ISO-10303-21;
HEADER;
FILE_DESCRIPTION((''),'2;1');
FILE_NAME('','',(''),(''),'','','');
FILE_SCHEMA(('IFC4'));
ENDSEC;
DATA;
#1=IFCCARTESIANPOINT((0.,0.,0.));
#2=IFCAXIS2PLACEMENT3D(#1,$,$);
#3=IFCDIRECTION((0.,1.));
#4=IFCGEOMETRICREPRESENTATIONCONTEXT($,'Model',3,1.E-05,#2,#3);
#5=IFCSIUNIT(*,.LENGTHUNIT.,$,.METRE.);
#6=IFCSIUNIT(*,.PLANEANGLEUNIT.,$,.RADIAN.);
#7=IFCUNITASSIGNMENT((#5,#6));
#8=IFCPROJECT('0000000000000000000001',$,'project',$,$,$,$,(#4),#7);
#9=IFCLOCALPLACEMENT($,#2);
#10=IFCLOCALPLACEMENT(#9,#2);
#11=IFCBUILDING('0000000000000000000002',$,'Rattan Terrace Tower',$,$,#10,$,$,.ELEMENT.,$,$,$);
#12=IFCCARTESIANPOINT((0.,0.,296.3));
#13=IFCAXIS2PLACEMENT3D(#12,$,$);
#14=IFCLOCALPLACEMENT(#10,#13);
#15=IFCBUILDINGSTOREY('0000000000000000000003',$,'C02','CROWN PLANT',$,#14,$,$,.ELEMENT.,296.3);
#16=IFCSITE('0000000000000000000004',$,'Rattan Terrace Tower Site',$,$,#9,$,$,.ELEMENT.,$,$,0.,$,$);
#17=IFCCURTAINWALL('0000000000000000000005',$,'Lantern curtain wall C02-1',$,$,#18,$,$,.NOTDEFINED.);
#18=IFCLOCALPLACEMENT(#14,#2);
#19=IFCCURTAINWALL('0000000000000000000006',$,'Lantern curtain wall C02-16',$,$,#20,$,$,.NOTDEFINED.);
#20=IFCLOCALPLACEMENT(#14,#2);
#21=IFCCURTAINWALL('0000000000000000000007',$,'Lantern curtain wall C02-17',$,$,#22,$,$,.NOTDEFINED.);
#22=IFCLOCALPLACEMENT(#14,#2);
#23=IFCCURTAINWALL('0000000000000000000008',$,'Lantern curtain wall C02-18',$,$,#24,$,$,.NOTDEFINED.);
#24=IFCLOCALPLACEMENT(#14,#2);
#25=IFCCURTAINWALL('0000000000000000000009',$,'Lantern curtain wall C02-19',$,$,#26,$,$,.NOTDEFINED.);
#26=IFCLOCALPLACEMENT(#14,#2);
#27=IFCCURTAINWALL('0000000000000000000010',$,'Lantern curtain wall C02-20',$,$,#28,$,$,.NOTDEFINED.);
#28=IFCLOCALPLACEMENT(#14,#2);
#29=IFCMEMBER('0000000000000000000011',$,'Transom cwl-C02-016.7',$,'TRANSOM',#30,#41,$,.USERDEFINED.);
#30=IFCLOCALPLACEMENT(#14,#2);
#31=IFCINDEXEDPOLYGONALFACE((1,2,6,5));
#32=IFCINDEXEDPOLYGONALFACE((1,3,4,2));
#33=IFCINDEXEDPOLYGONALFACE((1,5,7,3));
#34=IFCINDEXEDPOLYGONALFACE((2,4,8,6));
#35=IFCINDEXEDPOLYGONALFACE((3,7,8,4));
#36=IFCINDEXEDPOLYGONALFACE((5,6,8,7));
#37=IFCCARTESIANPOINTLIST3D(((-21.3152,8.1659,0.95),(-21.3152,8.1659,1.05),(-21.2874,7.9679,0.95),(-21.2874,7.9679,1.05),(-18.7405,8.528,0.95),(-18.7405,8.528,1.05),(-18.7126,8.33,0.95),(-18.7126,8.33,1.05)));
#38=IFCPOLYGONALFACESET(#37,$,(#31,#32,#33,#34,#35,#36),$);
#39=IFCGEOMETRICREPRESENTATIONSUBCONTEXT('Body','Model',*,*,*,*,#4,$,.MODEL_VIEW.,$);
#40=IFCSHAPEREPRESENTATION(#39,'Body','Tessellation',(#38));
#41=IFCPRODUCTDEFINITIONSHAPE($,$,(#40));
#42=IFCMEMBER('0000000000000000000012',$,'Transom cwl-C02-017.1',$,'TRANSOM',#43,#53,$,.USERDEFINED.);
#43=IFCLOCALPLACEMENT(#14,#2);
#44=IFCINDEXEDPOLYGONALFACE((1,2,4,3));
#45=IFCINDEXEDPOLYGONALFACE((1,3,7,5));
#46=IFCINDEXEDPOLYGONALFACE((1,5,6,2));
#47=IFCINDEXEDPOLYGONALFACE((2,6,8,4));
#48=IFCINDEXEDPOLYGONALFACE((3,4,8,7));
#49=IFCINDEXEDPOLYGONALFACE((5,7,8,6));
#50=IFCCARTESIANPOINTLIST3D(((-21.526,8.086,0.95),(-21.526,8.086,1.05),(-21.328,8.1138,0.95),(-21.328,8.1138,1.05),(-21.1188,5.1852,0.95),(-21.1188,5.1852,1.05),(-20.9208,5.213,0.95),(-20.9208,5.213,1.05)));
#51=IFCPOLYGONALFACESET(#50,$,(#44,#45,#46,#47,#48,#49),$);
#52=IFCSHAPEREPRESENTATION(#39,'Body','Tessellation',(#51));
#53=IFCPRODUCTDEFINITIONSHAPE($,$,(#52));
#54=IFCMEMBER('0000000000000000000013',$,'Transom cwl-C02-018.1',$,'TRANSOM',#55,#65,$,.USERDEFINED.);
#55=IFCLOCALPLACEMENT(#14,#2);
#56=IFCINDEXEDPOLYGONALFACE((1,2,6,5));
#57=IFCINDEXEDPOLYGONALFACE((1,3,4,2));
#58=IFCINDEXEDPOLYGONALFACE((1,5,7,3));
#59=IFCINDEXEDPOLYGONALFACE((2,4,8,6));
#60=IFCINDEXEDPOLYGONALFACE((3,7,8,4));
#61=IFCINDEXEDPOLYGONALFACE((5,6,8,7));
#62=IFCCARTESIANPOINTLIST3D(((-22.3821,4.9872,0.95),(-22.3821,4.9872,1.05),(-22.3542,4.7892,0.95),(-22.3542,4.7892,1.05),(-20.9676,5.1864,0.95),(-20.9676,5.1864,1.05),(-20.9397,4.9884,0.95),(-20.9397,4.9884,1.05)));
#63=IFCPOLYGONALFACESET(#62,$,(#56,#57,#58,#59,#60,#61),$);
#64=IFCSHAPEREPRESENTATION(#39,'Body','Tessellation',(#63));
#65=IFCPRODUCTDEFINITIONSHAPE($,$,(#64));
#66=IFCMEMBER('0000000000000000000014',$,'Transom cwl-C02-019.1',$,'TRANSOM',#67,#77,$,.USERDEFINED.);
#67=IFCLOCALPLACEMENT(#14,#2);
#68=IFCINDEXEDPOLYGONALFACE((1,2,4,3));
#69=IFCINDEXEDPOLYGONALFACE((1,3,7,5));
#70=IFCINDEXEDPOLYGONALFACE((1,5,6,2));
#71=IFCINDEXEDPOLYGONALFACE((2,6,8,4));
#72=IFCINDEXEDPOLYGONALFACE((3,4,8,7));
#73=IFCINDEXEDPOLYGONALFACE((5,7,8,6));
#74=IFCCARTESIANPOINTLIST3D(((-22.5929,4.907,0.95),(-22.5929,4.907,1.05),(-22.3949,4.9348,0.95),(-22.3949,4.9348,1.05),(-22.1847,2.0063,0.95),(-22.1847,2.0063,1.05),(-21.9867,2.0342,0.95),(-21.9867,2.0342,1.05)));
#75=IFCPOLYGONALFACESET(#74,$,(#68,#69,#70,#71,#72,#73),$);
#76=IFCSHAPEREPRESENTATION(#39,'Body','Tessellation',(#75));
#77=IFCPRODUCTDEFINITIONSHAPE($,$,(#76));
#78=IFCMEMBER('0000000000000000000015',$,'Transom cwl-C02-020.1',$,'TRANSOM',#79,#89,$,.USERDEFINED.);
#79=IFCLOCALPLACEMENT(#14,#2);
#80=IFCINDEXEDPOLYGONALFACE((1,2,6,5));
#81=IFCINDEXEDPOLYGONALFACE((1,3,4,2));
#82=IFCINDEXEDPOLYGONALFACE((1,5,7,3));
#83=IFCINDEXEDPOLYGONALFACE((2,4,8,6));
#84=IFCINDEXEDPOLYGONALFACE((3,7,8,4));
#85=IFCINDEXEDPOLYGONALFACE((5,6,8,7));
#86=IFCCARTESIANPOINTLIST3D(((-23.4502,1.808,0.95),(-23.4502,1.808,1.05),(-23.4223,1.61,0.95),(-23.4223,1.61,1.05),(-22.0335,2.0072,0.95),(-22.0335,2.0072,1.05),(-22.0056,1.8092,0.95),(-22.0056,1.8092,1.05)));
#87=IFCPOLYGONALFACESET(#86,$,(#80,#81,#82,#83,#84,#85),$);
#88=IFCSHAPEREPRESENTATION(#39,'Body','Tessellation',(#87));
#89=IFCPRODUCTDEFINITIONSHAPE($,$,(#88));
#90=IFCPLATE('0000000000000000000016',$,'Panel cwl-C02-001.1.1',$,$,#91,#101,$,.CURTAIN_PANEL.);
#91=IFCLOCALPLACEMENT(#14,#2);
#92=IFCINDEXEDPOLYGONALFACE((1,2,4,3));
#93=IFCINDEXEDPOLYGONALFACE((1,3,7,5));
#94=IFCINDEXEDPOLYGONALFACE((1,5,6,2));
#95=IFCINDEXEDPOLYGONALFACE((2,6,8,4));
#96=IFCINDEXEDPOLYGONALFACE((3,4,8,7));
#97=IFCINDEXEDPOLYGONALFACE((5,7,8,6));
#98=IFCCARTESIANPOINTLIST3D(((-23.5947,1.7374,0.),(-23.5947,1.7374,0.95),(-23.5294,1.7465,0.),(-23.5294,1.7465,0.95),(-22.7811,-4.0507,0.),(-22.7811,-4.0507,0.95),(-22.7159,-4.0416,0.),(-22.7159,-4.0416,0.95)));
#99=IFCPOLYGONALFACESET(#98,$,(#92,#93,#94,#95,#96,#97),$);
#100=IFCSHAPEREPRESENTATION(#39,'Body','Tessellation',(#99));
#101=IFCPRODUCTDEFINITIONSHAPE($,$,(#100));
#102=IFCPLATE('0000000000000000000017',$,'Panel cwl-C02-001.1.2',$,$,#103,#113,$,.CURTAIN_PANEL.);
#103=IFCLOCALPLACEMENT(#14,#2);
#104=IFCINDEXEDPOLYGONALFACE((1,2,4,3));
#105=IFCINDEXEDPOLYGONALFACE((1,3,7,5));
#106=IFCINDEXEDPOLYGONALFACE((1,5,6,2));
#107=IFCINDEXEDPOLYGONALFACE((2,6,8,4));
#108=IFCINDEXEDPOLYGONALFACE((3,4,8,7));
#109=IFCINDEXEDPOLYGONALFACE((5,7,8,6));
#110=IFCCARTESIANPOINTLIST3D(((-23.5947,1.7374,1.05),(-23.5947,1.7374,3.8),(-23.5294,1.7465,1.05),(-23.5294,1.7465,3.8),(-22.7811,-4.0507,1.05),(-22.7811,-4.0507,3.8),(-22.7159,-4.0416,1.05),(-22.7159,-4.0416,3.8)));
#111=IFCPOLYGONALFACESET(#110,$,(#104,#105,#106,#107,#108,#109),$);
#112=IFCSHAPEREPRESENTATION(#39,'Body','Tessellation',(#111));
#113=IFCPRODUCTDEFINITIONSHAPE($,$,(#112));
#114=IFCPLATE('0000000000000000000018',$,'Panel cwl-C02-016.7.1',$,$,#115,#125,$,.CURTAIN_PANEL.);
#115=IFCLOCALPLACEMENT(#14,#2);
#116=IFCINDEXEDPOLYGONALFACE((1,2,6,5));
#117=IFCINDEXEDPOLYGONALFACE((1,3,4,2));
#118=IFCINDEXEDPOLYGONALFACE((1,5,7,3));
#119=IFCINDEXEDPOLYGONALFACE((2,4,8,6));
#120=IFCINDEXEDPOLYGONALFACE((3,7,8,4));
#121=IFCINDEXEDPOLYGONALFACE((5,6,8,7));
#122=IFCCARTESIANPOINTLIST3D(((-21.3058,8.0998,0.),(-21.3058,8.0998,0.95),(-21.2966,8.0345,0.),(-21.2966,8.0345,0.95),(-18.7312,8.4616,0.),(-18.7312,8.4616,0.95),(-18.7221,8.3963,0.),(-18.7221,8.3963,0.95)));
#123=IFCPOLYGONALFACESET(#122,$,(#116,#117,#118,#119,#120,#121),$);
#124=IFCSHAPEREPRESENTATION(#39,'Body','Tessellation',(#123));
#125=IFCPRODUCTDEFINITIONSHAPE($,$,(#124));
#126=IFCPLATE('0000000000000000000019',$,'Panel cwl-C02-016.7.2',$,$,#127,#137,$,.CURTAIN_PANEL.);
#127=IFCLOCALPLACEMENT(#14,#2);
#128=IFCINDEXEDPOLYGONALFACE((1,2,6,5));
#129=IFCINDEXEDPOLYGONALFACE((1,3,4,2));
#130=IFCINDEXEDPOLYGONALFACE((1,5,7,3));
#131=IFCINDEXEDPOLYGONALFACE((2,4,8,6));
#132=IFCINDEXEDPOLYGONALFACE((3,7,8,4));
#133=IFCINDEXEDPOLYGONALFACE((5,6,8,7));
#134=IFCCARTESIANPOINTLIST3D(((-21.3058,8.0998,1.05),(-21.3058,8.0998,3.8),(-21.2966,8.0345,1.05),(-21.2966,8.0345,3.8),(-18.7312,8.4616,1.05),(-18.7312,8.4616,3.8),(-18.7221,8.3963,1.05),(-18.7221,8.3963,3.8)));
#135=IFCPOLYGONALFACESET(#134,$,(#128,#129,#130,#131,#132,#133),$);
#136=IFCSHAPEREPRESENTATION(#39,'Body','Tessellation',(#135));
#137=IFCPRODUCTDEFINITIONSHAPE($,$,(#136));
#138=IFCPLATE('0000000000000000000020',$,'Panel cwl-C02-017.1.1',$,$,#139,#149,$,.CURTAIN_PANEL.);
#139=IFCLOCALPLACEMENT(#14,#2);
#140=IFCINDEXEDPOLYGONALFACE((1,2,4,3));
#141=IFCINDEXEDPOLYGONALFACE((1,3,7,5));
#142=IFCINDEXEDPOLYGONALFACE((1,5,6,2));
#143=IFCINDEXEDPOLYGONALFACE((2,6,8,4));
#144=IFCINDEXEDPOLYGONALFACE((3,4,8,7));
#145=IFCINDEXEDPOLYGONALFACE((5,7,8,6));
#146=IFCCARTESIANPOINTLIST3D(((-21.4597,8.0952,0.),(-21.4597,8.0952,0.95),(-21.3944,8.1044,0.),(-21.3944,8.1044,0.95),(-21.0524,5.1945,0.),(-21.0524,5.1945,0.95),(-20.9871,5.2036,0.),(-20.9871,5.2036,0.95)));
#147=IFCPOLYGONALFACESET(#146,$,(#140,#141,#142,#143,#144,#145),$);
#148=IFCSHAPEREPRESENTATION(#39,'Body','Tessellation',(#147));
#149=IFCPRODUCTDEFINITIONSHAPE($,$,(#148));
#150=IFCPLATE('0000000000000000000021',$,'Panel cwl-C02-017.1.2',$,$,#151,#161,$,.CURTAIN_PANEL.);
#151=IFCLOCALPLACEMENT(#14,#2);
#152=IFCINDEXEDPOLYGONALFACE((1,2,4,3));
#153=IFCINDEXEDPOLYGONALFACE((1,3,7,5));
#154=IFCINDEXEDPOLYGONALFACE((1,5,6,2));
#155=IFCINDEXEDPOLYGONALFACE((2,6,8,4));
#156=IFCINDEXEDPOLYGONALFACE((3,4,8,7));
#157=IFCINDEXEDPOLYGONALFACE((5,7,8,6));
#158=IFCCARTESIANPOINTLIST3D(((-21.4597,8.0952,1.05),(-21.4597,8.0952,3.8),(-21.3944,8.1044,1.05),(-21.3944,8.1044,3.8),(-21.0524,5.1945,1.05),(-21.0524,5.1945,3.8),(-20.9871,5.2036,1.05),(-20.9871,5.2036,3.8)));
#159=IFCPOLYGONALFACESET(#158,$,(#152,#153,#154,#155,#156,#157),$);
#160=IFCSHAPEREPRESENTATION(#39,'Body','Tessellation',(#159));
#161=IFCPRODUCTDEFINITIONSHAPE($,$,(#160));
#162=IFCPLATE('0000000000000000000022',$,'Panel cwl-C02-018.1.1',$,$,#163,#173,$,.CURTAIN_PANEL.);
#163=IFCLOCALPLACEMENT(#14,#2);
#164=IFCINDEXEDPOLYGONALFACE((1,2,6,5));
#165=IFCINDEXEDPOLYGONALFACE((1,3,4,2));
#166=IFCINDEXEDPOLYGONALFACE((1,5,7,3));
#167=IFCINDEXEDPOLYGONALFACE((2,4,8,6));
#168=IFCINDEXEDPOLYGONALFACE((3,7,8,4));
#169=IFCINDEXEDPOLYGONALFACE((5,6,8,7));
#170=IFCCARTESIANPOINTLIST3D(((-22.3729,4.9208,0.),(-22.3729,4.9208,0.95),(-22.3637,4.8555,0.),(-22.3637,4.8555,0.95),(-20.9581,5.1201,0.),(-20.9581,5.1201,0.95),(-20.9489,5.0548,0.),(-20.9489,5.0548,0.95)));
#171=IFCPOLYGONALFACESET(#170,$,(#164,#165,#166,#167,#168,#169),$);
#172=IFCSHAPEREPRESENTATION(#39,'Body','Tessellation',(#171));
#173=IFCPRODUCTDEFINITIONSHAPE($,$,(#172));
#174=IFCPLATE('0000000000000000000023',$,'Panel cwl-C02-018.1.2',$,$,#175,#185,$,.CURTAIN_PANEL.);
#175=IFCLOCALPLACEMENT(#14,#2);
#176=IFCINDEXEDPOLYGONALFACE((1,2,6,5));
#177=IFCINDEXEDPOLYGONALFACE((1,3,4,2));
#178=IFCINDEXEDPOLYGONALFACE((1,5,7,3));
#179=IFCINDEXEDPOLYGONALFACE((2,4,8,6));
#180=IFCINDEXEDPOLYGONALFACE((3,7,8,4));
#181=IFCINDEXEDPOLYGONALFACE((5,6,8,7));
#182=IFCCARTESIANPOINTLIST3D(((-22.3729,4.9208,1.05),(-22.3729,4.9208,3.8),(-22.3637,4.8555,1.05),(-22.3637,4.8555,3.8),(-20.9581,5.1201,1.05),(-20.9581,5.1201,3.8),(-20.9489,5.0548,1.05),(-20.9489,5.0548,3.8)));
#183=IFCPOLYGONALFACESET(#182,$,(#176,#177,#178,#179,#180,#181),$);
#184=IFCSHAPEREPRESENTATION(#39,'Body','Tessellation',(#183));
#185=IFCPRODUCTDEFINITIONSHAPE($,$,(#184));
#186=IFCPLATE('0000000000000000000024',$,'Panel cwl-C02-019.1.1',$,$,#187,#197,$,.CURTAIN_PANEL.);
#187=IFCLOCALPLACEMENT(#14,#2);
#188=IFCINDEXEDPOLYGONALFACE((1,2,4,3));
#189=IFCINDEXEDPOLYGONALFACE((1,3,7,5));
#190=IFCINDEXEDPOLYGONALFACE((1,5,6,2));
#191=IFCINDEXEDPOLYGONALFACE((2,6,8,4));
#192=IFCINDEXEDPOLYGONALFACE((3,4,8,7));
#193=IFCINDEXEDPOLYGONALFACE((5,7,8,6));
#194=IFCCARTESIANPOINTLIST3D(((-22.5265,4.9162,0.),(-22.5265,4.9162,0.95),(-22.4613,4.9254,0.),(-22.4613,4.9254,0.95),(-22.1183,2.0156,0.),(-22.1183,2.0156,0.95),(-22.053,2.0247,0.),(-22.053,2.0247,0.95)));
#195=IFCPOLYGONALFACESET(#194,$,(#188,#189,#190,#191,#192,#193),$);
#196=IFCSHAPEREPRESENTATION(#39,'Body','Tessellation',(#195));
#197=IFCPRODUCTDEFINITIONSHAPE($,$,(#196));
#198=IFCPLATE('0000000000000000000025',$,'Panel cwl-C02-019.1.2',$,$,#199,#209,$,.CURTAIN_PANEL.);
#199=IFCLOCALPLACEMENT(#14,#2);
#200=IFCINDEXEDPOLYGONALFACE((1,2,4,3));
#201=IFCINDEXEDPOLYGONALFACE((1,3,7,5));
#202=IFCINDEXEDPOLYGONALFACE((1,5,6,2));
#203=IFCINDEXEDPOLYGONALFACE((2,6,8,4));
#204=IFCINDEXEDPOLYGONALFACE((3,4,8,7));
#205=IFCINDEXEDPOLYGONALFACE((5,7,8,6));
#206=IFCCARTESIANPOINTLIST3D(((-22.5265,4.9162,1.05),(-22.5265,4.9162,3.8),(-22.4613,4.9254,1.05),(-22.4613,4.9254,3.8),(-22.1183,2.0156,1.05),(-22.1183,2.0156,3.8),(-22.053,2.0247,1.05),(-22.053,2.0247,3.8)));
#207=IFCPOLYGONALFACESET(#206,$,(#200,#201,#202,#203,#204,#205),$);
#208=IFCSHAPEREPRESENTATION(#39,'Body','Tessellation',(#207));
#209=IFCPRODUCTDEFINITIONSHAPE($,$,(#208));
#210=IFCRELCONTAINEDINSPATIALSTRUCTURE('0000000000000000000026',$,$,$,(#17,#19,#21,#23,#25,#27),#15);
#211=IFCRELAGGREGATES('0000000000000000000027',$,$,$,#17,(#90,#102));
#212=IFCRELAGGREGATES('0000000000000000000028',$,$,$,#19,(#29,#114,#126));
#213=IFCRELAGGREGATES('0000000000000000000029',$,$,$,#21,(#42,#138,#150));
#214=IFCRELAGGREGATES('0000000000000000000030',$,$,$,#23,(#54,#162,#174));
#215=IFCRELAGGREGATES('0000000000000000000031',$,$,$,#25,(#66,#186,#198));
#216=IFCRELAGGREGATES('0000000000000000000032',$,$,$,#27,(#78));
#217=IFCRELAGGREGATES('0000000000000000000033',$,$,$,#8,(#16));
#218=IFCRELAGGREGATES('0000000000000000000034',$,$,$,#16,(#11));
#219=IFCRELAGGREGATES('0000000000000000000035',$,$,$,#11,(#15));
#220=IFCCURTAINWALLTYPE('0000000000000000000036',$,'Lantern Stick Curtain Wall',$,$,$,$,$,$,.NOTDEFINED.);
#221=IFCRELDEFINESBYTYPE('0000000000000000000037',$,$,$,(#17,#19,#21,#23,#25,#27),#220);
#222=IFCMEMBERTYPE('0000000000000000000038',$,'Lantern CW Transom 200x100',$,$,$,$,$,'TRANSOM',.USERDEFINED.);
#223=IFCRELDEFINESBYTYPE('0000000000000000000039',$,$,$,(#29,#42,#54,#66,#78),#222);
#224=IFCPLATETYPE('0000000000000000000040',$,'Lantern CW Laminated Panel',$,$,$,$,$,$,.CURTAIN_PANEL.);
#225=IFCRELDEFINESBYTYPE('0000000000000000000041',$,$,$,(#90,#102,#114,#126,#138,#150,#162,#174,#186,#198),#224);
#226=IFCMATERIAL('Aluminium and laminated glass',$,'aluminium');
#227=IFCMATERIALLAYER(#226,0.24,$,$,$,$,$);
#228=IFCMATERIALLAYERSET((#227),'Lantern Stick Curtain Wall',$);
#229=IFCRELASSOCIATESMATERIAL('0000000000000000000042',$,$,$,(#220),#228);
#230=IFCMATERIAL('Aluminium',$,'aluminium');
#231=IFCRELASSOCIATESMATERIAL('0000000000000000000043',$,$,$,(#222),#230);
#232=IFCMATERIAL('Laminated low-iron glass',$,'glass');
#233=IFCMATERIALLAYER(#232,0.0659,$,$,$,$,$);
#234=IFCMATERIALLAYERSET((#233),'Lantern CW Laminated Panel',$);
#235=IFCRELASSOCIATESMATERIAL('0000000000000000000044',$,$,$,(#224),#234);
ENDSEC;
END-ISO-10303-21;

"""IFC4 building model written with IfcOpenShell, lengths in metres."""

from ifc_helpers import new_model, si_unit, direction, frame, origin, origin_2d, place, context, subcontext, project, spatial, rectangle, extrude, material, layer, layer_set, material_profile, profile_set, type_object, element, aggregate, save


model = new_model("IFC4")

# Units and contexts
model_context = context("Model", 3, precision=1e-05, world=origin(), true_north=direction((0.0, 1.0)))
body_context = subcontext(model_context, "Body", "Model", "MODEL_VIEW")
ifc_project = project(units=[si_unit("LENGTHUNIT", "METRE"), si_unit("PLANEANGLEUNIT", "RADIAN")], contexts=[model_context])

# Site, building, storey
site_placement = place(None, origin())
site = spatial("IfcSite", under=ifc_project, at=site_placement, Name="Rattan Terrace Tower Site", CompositionType="ELEMENT", RefElevation=0.0)
building_placement = place(site_placement, origin())
building = spatial("IfcBuilding", under=site, at=building_placement, Name="Rattan Terrace Tower", CompositionType="ELEMENT")
storey_placement = place(building_placement, frame((0.0, 0.0, 296.3)))
storey = spatial("IfcBuildingStorey", under=building, at=storey_placement, Name="C02", Description="CROWN PLANT", CompositionType="ELEMENT", Elevation=296.3)

# Curtain walls
ifc_material_1 = material(Name="Aluminium and laminated glass", Category="aluminium")
ifc_layer_1 = layer(ifc_material_1, 0.24)
ifc_layer_set_1 = layer_set([ifc_layer_1], Name="Lantern Stick Curtain Wall")
curtain_wall_type = type_object("IfcCurtainWallType", Name="Lantern Stick Curtain Wall", PredefinedType="NOTDEFINED", material=ifc_layer_set_1)
curtain_wall_1_placement = place(storey_placement, origin())
curtain_wall_1 = element("IfcCurtainWall", 1, at=curtain_wall_1_placement, inside=storey, type_object=curtain_wall_type, Name="Lantern curtain wall C02-1", PredefinedType="NOTDEFINED")
curtain_wall_2_placement = place(storey_placement, origin())
curtain_wall_2 = element("IfcCurtainWall", 2, at=curtain_wall_2_placement, inside=storey, type_object=curtain_wall_type, Name="Lantern curtain wall C02-16", PredefinedType="NOTDEFINED")
curtain_wall_3_placement = place(storey_placement, origin())
curtain_wall_3 = element("IfcCurtainWall", 3, at=curtain_wall_3_placement, inside=storey, type_object=curtain_wall_type, Name="Lantern curtain wall C02-17", PredefinedType="NOTDEFINED")
curtain_wall_4_placement = place(storey_placement, origin())
curtain_wall_4 = element("IfcCurtainWall", 4, at=curtain_wall_4_placement, inside=storey, type_object=curtain_wall_type, Name="Lantern curtain wall C02-18", PredefinedType="NOTDEFINED")
curtain_wall_5_placement = place(storey_placement, origin())
curtain_wall_5 = element("IfcCurtainWall", 5, at=curtain_wall_5_placement, inside=storey, type_object=curtain_wall_type, Name="Lantern curtain wall C02-19", PredefinedType="NOTDEFINED")
curtain_wall_6_placement = place(storey_placement, origin())
curtain_wall_6 = element("IfcCurtainWall", 6, at=curtain_wall_6_placement, inside=storey, type_object=curtain_wall_type, Name="Lantern curtain wall C02-20", PredefinedType="NOTDEFINED")

# Members
ifc_material_2 = material(Name="Aluminium", Category="aluminium")
ifc_material_profile_1 = material_profile(ifc_material_2, rectangle(XDim=0.2, YDim=0.1001, at=origin_2d()), Name="Aluminium 200x100")
ifc_profile_set_1 = profile_set([ifc_material_profile_1], Name="Aluminium")
member_type_1 = type_object("IfcMemberType", Name="Lantern CW Transom 200x100", ElementType="TRANSOM", PredefinedType="USERDEFINED", material=ifc_profile_set_1)
member_1_placement = place(storey_placement, frame((-18.7266, 8.429, 1.0), z_axis=(-0.990257, -0.139252, 0.0), x_axis=(0.139252, -0.990257, 0.0)))
member_1 = element("IfcMember", 7, at=member_1_placement, type_object=member_type_1, Name="Transom cwl-C02-016.7", ObjectType="TRANSOM", PredefinedType="USERDEFINED", context=body_context, shape_type="SweptSolid", body=[
    extrude(rectangle(XDim=0.2, YDim=0.1001, at=origin_2d()), origin(), (0.0, 0.0, 1.0), 2.6001),
])
member_2_placement = place(storey_placement, frame((-21.427, 8.0999, 1.0), z_axis=(0.139029, -0.990288, 0.0), x_axis=(0.990288, 0.139029, 0.0)))
member_2 = element("IfcMember", 8, at=member_2_placement, type_object=member_type_1, Name="Transom cwl-C02-017.1", ObjectType="TRANSOM", PredefinedType="USERDEFINED", context=body_context, shape_type="SweptSolid", body=[
    extrude(rectangle(XDim=0.2, YDim=0.1001, at=origin_2d()), origin(), (0.0, 0.0, 1.0), 2.9292),
])
member_3_placement = place(storey_placement, frame((-20.9536, 5.0874, 1.0), z_axis=(-0.990228, -0.139459, 0.0), x_axis=(0.139459, -0.990228, 0.0)))
member_3 = element("IfcMember", 9, at=member_3_placement, type_object=member_type_1, Name="Transom cwl-C02-018.1", ObjectType="TRANSOM", PredefinedType="USERDEFINED", context=body_context, shape_type="SweptSolid", body=[
    extrude(rectangle(XDim=0.2, YDim=0.1001, at=origin_2d()), origin(), (0.0, 0.0, 1.0), 1.4285),
])
member_4_placement = place(storey_placement, frame((-22.4939, 4.9209, 1.0), z_axis=(0.139356, -0.990242, 0.0), x_axis=(0.990242, 0.139356, 0.0)))
member_4 = element("IfcMember", 10, at=member_4_placement, type_object=member_type_1, Name="Transom cwl-C02-019.1", ObjectType="TRANSOM", PredefinedType="USERDEFINED", context=body_context, shape_type="SweptSolid", body=[
    extrude(rectangle(XDim=0.2, YDim=0.1001, at=origin_2d()), origin(), (0.0, 0.0, 1.0), 2.9292),
])
member_5_placement = place(storey_placement, frame((-22.0195, 1.9082, 1.0), z_axis=(-0.990258, -0.139247, 0.0), x_axis=(0.139247, -0.990258, 0.0)))
member_5 = element("IfcMember", 11, at=member_5_placement, type_object=member_type_1, Name="Transom cwl-C02-020.1", ObjectType="TRANSOM", PredefinedType="USERDEFINED", context=body_context, shape_type="SweptSolid", body=[
    extrude(rectangle(XDim=0.2, YDim=0.1001, at=origin_2d()), origin(), (0.0, 0.0, 1.0), 1.4307),
])

# Plates
ifc_material_3 = material(Name="Laminated low-iron glass", Category="glass")
ifc_layer_2 = layer(ifc_material_3, 0.0659)
ifc_layer_set_2 = layer_set([ifc_layer_2], Name="Lantern CW Laminated Panel")
plate_type = type_object("IfcPlateType", Name="Lantern CW Laminated Panel", PredefinedType="CURTAIN_PANEL", material=ifc_layer_set_2)
plate_1_placement = place(storey_placement, frame((-23.1553, -1.1521, 0.0), z_axis=(0.0, 0.0, 1.0), x_axis=(0.139188, -0.990266, 0.0)))
plate_1 = element("IfcPlate", 12, at=plate_1_placement, type_object=plate_type, Name="Panel cwl-C02-001.1.1", PredefinedType="CURTAIN_PANEL", context=body_context, shape_type="SweptSolid", body=[
    extrude(rectangle(XDim=5.845, YDim=0.0659, at=origin_2d()), origin(), (0.0, 0.0, 1.0), 0.95),
])
plate_2_placement = place(storey_placement, frame((-23.1553, -1.1521, 1.05), z_axis=(0.0, 0.0, 1.0), x_axis=(0.139188, -0.990266, 0.0)))
plate_2 = element("IfcPlate", 13, at=plate_2_placement, type_object=plate_type, Name="Panel cwl-C02-001.1.2", PredefinedType="CURTAIN_PANEL", context=body_context, shape_type="SweptSolid", body=[
    extrude(rectangle(XDim=5.845, YDim=0.0659, at=origin_2d()), origin(), (0.0, 0.0, 1.0), 2.75),
])
aggregate(curtain_wall_1, [plate_1, plate_2])
plate_3_placement = place(storey_placement, frame((-20.0139, 8.248, 0.0), z_axis=(0.0, 0.0, 1.0), x_axis=(-0.990267, -0.139181, 0.0)))
plate_3 = element("IfcPlate", 14, at=plate_3_placement, type_object=plate_type, Name="Panel cwl-C02-016.7.1", PredefinedType="CURTAIN_PANEL", context=body_context, shape_type="SweptSolid", body=[
    extrude(rectangle(XDim=2.5999, YDim=0.0659, at=origin_2d()), origin(), (0.0, 0.0, 1.0), 0.95),
])
plate_4_placement = place(storey_placement, frame((-20.0139, 8.248, 1.05), z_axis=(0.0, 0.0, 1.0), x_axis=(-0.990267, -0.139181, 0.0)))
plate_4 = element("IfcPlate", 15, at=plate_4_placement, type_object=plate_type, Name="Panel cwl-C02-016.7.2", PredefinedType="CURTAIN_PANEL", context=body_context, shape_type="SweptSolid", body=[
    extrude(rectangle(XDim=2.5999, YDim=0.0659, at=origin_2d()), origin(), (0.0, 0.0, 1.0), 2.75),
])
aggregate(curtain_wall_2, [member_1, plate_3, plate_4])
plate_5_placement = place(storey_placement, frame((-21.2234, 6.6494, 0.0), z_axis=(0.0, 0.0, 1.0), x_axis=(0.13904, -0.990287, 0.0)))
plate_5 = element("IfcPlate", 16, at=plate_5_placement, type_object=plate_type, Name="Panel cwl-C02-017.1.1", PredefinedType="CURTAIN_PANEL", context=body_context, shape_type="SweptSolid", body=[
    extrude(rectangle(XDim=2.9292, YDim=0.0659, at=origin_2d()), origin(), (0.0, 0.0, 1.0), 0.95),
])
plate_6_placement = place(storey_placement, frame((-21.2234, 6.6494, 1.05), z_axis=(0.0, 0.0, 1.0), x_axis=(0.13904, -0.990287, 0.0)))
plate_6 = element("IfcPlate", 17, at=plate_6_placement, type_object=plate_type, Name="Panel cwl-C02-017.1.2", PredefinedType="CURTAIN_PANEL", context=body_context, shape_type="SweptSolid", body=[
    extrude(rectangle(XDim=2.9292, YDim=0.0659, at=origin_2d()), origin(), (0.0, 0.0, 1.0), 2.75),
])
aggregate(curtain_wall_3, [member_2, plate_5, plate_6])
plate_7_placement = place(storey_placement, frame((-21.6609, 4.9878, 0.0), z_axis=(0.0, 0.0, 1.0), x_axis=(-0.990228, -0.139459, 0.0)))
plate_7 = element("IfcPlate", 18, at=plate_7_placement, type_object=plate_type, Name="Panel cwl-C02-018.1.1", PredefinedType="CURTAIN_PANEL", context=body_context, shape_type="SweptSolid", body=[
    extrude(rectangle(XDim=1.4287, YDim=0.0659, at=origin_2d()), origin(), (0.0, 0.0, 1.0), 0.95),
])
plate_8_placement = place(storey_placement, frame((-21.6609, 4.9878, 1.05), z_axis=(0.0, 0.0, 1.0), x_axis=(-0.990228, -0.139459, 0.0)))
plate_8 = element("IfcPlate", 19, at=plate_8_placement, type_object=plate_type, Name="Panel cwl-C02-018.1.2", PredefinedType="CURTAIN_PANEL", context=body_context, shape_type="SweptSolid", body=[
    extrude(rectangle(XDim=1.4287, YDim=0.0659, at=origin_2d()), origin(), (0.0, 0.0, 1.0), 2.75),
])
aggregate(curtain_wall_4, [member_3, plate_7, plate_8])
plate_9_placement = place(storey_placement, frame((-22.2898, 3.4705, 0.0), z_axis=(0.0, 0.0, 1.0), x_axis=(0.139367, -0.990241, 0.0)))
plate_9 = element("IfcPlate", 20, at=plate_9_placement, type_object=plate_type, Name="Panel cwl-C02-019.1.1", PredefinedType="CURTAIN_PANEL", context=body_context, shape_type="SweptSolid", body=[
    extrude(rectangle(XDim=2.9292, YDim=0.0659, at=origin_2d()), origin(), (0.0, 0.0, 1.0), 0.95),
])
plate_10_placement = place(storey_placement, frame((-22.2898, 3.4705, 1.05), z_axis=(0.0, 0.0, 1.0), x_axis=(0.139367, -0.990241, 0.0)))
plate_10 = element("IfcPlate", 21, at=plate_10_placement, type_object=plate_type, Name="Panel cwl-C02-019.1.2", PredefinedType="CURTAIN_PANEL", context=body_context, shape_type="SweptSolid", body=[
    extrude(rectangle(XDim=2.9292, YDim=0.0659, at=origin_2d()), origin(), (0.0, 0.0, 1.0), 2.75),
])
aggregate(curtain_wall_5, [member_4, plate_9, plate_10])
aggregate(curtain_wall_6, [member_5])

save(model, "model.ifc")
